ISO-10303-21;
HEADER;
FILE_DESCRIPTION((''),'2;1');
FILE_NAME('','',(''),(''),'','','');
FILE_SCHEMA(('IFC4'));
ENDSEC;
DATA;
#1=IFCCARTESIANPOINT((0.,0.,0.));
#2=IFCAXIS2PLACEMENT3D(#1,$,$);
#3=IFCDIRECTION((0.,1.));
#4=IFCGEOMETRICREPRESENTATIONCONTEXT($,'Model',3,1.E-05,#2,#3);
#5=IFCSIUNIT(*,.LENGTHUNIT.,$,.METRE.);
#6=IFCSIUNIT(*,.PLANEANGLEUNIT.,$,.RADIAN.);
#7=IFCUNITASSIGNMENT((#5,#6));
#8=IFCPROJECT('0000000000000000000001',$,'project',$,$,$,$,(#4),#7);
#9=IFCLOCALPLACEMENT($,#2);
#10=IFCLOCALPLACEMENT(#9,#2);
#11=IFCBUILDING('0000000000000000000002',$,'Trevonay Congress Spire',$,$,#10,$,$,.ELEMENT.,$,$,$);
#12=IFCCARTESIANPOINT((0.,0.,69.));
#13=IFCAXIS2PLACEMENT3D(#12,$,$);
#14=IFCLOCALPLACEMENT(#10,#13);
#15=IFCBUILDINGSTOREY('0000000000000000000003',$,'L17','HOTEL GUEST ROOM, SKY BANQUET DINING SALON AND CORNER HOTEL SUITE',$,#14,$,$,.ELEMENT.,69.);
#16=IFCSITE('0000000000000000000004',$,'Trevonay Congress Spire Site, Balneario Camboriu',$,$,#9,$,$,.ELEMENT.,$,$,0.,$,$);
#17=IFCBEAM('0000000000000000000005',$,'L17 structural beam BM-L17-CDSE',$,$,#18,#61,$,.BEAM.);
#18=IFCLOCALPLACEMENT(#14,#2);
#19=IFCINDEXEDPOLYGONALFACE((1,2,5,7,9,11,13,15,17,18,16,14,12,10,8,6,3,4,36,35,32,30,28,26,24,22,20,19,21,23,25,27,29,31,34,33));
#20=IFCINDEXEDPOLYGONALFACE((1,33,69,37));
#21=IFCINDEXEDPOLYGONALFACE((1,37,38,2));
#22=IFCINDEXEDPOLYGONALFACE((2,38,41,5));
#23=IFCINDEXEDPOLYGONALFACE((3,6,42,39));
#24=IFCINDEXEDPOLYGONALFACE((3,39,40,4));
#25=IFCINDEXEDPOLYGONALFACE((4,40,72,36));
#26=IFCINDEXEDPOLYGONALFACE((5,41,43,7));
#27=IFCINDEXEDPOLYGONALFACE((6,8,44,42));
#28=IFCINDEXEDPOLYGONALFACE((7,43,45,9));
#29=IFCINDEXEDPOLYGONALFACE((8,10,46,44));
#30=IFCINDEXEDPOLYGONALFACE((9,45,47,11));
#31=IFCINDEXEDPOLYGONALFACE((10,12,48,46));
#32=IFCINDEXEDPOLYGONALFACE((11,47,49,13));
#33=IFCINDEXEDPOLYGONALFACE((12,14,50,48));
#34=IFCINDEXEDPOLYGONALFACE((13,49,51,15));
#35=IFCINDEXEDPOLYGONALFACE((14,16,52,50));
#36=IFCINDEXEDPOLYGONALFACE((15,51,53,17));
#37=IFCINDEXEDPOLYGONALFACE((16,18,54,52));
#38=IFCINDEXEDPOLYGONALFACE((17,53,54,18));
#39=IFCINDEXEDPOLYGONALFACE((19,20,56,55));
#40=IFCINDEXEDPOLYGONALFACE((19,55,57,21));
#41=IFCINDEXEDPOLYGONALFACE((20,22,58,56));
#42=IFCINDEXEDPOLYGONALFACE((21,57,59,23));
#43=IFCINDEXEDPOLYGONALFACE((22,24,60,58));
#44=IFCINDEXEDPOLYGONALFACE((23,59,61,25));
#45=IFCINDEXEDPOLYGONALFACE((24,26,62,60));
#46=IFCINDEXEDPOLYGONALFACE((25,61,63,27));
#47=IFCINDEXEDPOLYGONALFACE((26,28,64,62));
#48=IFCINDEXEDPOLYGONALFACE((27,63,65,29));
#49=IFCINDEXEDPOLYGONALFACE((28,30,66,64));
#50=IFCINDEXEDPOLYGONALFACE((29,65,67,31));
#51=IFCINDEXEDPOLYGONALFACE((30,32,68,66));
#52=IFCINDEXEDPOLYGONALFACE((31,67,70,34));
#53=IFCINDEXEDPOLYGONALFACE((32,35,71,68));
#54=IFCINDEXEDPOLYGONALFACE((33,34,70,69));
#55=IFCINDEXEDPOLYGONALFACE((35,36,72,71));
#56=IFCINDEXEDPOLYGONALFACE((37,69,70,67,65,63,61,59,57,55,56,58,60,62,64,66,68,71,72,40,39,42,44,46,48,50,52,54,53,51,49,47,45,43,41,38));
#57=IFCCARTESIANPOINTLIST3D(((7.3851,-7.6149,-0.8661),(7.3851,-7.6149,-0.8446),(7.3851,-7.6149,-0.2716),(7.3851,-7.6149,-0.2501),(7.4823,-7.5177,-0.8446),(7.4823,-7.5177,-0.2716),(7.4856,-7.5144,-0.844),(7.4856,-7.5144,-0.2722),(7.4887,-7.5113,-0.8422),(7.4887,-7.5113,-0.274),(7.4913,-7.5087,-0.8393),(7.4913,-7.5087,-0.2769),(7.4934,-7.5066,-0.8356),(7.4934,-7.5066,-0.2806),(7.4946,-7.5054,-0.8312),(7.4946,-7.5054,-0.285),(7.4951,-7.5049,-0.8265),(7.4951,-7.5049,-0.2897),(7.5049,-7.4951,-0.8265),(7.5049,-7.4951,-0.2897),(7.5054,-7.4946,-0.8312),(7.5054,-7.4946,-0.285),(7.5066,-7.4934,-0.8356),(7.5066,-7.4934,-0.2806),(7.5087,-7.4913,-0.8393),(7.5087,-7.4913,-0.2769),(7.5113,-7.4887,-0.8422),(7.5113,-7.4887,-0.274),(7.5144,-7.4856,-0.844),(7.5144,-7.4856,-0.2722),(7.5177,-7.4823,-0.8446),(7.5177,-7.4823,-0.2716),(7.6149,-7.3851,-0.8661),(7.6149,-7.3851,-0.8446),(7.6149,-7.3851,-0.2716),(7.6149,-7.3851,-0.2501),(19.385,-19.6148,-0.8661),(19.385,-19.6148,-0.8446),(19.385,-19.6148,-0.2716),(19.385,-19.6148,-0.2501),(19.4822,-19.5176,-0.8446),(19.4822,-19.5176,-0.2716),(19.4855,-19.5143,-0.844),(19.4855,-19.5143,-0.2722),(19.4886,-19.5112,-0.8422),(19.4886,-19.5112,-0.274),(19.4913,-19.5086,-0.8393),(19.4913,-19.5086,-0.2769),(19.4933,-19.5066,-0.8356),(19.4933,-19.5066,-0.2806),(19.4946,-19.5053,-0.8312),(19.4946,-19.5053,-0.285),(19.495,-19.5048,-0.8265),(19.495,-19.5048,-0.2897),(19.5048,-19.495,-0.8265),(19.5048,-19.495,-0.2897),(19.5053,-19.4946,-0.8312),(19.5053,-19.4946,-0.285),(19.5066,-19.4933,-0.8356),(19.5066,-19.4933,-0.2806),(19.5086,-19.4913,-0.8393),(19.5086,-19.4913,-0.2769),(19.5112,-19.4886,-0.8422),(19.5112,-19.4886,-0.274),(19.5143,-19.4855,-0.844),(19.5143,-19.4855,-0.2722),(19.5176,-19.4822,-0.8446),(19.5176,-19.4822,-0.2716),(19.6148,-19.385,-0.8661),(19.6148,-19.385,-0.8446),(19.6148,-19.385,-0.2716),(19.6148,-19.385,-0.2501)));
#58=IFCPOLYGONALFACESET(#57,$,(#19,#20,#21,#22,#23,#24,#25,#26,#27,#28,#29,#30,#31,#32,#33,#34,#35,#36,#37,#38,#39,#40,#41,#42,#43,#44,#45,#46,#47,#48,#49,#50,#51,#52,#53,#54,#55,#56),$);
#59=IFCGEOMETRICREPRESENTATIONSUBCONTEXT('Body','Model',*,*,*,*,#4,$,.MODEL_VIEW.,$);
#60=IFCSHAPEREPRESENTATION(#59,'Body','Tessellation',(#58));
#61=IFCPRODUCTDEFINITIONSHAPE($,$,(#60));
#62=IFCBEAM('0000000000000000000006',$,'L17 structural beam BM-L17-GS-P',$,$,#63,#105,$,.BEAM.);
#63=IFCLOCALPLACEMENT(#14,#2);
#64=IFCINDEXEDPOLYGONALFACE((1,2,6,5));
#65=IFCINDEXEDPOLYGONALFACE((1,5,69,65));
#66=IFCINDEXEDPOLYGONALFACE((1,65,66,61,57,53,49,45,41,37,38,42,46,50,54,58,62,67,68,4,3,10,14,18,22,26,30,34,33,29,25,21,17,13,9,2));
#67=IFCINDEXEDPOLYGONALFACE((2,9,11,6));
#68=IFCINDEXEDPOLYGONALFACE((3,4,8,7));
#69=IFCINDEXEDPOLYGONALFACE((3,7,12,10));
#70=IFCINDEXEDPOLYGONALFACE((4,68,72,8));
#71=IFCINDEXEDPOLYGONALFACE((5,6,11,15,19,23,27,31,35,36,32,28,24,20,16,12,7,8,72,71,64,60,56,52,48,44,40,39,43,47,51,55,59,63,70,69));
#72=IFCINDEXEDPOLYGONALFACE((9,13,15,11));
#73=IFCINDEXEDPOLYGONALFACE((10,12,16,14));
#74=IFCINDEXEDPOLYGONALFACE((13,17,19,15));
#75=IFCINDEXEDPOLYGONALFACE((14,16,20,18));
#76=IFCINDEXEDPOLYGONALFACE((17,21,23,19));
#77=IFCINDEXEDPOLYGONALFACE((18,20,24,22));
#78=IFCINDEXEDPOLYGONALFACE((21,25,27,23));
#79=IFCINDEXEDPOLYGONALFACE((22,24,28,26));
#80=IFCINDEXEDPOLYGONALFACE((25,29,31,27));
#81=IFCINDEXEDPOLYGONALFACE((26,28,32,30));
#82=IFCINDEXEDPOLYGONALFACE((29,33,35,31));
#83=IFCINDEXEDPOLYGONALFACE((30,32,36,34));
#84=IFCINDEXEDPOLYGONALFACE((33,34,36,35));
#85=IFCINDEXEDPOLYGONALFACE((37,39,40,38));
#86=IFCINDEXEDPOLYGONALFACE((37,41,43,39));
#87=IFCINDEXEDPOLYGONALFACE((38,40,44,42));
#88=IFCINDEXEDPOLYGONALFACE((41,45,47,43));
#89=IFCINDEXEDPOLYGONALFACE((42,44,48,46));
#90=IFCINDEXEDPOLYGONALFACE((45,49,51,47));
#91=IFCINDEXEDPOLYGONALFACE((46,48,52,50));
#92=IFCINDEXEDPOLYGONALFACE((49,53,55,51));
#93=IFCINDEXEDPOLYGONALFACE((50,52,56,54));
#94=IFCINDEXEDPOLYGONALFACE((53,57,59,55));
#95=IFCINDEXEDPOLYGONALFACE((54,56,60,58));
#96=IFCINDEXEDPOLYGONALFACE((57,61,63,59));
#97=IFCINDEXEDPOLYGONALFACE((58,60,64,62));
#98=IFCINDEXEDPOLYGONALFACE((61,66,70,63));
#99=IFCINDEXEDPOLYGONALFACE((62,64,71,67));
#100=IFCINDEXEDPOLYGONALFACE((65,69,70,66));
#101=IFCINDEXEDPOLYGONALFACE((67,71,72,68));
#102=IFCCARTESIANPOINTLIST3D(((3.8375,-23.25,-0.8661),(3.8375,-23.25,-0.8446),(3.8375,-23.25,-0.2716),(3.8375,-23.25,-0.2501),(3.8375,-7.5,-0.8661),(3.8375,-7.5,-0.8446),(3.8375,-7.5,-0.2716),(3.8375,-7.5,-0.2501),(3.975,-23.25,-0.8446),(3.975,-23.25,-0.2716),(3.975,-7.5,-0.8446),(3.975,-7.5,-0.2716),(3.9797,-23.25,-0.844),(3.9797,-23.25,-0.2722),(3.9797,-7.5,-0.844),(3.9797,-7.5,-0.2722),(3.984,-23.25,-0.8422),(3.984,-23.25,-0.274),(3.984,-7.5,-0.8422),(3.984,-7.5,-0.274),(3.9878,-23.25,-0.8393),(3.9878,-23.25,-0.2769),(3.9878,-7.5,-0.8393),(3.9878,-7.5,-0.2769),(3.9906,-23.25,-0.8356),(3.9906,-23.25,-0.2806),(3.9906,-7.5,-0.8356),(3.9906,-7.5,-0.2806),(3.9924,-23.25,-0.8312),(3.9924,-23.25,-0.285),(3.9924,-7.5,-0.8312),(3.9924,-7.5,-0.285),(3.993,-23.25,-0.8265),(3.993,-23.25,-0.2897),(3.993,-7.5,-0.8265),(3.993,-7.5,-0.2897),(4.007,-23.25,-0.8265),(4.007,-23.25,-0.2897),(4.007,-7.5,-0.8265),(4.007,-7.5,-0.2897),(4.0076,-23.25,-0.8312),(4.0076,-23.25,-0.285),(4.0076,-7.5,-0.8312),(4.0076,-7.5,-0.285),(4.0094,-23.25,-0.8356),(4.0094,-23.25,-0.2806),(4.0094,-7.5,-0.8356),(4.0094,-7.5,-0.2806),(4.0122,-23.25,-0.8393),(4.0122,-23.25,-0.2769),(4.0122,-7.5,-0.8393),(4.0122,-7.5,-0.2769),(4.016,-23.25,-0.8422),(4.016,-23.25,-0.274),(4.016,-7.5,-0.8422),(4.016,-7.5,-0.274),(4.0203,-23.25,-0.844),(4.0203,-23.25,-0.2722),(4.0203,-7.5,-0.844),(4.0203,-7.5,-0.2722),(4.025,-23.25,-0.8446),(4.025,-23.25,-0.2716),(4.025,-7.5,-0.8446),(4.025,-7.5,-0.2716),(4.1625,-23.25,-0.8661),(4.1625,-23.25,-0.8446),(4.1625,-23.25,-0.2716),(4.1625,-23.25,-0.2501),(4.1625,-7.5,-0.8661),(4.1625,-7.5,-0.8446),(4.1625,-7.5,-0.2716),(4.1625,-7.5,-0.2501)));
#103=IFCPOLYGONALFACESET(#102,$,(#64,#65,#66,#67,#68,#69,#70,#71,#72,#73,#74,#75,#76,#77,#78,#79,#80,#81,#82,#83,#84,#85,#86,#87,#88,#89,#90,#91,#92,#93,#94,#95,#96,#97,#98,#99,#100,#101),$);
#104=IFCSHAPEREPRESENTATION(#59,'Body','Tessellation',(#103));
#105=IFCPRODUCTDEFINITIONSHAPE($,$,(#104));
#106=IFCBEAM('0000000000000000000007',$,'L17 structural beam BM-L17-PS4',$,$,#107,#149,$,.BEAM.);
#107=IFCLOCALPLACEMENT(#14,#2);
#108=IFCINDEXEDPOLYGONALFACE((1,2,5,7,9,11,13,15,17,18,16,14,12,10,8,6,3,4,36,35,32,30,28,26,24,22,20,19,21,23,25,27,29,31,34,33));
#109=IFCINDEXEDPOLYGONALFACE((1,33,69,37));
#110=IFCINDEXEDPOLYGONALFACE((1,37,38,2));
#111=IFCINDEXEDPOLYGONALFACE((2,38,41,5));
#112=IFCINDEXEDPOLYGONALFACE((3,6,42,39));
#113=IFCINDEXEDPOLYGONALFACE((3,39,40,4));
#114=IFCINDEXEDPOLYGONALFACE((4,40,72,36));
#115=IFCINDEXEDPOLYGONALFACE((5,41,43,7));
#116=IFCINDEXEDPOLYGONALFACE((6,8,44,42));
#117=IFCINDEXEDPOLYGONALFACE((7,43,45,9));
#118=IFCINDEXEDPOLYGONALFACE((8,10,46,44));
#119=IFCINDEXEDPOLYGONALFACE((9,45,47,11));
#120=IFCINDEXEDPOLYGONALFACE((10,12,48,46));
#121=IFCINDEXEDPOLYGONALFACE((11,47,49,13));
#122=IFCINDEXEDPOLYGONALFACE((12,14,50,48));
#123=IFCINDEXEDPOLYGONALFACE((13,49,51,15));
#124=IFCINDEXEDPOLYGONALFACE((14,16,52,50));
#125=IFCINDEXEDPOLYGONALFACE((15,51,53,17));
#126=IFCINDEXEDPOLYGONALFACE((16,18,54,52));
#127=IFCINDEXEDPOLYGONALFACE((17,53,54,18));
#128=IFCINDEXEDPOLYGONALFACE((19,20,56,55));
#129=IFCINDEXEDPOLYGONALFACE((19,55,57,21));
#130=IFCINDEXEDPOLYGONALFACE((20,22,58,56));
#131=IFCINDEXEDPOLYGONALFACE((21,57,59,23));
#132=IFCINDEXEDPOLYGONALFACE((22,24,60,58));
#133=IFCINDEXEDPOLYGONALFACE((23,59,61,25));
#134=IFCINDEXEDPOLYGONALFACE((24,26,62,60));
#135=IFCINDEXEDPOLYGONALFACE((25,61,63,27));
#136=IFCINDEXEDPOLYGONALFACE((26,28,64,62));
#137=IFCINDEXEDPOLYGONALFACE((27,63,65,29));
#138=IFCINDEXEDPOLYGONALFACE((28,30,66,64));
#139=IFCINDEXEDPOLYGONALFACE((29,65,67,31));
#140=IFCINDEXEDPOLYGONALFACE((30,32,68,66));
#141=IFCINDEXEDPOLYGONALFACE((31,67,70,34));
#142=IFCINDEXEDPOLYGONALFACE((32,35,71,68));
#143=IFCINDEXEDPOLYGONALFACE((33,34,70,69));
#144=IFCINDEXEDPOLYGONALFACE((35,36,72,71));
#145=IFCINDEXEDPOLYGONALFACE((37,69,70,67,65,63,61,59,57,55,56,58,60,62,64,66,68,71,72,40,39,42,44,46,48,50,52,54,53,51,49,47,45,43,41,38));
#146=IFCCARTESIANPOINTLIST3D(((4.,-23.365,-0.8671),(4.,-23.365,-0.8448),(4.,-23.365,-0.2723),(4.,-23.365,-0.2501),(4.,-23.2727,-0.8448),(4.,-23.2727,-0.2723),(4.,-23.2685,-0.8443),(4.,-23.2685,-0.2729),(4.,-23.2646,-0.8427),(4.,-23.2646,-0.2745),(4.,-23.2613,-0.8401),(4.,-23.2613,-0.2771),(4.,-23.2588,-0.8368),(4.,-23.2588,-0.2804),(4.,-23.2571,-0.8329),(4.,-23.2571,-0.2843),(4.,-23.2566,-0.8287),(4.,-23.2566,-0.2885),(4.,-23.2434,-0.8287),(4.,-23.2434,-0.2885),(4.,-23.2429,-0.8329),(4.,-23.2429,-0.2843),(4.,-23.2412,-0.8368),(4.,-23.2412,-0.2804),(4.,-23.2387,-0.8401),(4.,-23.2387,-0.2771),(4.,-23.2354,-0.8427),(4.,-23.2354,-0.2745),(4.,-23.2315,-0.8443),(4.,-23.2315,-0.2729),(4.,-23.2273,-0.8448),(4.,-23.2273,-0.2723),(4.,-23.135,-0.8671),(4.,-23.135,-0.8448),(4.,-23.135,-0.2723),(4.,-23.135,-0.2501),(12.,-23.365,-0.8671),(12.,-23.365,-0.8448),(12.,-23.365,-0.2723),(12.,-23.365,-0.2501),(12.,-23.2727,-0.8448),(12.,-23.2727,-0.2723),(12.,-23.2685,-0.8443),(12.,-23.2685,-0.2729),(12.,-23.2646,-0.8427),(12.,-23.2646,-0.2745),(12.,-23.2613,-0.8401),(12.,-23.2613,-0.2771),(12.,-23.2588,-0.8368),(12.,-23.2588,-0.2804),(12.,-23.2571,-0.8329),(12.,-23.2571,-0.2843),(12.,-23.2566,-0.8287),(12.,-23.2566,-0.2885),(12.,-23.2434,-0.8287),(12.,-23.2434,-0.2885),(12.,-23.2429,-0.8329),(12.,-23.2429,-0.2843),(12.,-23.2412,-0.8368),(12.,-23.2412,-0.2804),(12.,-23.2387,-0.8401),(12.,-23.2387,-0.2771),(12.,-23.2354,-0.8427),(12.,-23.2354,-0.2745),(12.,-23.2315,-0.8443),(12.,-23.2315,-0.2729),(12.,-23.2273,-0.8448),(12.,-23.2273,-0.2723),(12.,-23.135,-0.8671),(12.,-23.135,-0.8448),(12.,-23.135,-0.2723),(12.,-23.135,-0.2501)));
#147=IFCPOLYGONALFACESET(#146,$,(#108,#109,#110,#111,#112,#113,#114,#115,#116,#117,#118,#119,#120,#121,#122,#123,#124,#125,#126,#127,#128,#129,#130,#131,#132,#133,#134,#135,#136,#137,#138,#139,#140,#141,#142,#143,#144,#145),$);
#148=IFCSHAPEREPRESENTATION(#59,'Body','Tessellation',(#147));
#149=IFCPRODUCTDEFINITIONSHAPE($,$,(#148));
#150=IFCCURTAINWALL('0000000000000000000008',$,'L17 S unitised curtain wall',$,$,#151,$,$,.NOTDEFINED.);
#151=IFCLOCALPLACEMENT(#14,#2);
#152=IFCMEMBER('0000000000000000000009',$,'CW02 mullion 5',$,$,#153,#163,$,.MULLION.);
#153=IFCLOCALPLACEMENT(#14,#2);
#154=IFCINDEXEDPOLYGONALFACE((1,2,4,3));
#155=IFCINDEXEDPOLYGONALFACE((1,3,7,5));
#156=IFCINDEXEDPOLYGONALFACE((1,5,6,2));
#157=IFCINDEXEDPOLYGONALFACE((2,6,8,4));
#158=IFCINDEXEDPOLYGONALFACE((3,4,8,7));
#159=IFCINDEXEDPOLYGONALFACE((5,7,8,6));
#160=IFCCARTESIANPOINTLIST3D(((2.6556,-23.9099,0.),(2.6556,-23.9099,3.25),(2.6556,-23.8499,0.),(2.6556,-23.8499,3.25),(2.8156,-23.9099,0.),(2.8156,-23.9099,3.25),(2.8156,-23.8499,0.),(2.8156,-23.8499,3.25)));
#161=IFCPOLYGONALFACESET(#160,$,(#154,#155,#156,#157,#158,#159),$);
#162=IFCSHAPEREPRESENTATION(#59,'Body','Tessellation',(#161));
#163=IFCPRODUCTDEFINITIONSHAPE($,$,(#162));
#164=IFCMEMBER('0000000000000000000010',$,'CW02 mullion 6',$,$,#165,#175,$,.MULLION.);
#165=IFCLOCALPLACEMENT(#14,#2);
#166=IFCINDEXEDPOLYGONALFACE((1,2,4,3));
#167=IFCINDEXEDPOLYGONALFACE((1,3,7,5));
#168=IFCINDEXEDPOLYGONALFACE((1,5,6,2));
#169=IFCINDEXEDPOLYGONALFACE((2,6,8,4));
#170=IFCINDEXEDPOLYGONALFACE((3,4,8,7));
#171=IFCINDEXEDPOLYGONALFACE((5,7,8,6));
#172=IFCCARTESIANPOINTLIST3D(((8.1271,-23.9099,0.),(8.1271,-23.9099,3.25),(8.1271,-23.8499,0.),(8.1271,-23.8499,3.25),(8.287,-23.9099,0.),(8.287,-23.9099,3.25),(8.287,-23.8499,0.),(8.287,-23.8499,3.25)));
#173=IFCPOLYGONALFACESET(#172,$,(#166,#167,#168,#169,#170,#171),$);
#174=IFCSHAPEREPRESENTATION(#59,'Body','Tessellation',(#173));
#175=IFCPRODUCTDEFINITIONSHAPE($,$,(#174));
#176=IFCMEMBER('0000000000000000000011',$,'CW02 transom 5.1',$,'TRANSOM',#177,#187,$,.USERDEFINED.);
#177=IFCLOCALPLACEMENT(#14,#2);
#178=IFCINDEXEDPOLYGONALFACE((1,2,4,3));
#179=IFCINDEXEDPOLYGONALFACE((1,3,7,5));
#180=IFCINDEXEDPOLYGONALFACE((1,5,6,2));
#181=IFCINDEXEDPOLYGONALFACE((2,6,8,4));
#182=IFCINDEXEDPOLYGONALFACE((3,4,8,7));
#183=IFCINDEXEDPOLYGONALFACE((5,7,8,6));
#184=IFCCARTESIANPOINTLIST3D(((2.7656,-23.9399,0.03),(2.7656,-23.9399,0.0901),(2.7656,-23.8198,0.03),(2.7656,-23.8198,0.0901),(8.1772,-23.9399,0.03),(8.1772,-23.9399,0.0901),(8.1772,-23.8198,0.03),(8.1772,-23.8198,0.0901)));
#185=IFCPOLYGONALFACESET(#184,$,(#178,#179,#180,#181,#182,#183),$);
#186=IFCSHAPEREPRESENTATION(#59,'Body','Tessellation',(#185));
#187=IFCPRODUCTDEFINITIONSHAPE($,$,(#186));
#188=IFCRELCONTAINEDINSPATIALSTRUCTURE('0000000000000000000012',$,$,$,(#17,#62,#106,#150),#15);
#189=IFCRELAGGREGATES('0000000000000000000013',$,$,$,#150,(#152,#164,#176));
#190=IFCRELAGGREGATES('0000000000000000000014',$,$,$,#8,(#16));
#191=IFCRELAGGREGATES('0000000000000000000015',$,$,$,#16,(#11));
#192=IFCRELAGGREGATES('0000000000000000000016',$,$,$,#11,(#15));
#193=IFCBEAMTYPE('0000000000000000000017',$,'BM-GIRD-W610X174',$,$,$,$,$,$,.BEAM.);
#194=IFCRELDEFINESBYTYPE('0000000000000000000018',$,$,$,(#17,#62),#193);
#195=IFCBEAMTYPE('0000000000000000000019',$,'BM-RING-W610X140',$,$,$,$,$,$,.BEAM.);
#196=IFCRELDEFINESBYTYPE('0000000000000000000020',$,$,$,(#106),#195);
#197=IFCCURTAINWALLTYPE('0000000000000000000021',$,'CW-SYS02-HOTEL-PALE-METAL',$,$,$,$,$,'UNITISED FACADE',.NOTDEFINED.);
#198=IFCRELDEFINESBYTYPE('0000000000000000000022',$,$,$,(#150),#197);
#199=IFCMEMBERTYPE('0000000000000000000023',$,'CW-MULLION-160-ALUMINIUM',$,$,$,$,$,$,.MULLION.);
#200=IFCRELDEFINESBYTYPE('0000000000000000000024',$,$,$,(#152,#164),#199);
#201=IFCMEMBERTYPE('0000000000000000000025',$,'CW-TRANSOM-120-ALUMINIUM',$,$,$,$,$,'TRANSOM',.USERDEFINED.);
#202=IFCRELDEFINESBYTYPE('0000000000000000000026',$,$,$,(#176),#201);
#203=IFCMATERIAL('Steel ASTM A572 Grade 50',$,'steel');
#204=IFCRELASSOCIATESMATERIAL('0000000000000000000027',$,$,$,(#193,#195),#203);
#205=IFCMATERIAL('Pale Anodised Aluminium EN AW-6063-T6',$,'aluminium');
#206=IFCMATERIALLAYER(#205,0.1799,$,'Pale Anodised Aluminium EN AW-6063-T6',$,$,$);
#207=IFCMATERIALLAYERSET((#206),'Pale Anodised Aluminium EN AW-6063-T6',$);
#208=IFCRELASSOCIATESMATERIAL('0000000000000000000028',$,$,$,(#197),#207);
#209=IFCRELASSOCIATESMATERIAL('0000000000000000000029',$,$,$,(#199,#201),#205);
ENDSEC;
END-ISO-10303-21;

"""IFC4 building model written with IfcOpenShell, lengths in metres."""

from ifc_helpers import new_model, si_unit, direction, frame, origin, origin_2d, place, context, subcontext, project, spatial, rectangle, i_section, extrude, material, layer, layer_set, material_profile, profile_set, type_object, element, aggregate, save


model = new_model("IFC4")

# Units and contexts
model_context = context("Model", 3, precision=1e-05, world=origin(), true_north=direction((0.0, 1.0)))
body_context = subcontext(model_context, "Body", "Model", "MODEL_VIEW")
ifc_project = project(units=[si_unit("LENGTHUNIT", "METRE"), si_unit("PLANEANGLEUNIT", "RADIAN")], contexts=[model_context])

# Site, building, storey
site_placement = place(None, origin())
site = spatial("IfcSite", under=ifc_project, at=site_placement, Name="Trevonay Congress Spire Site, Balneario Camboriu", CompositionType="ELEMENT", RefElevation=0.0)
building_placement = place(site_placement, origin())
building = spatial("IfcBuilding", under=site, at=building_placement, Name="Trevonay Congress Spire", CompositionType="ELEMENT")
storey_placement = place(building_placement, frame((0.0, 0.0, 69.0)))
storey = spatial("IfcBuildingStorey", under=building, at=storey_placement, Name="L17", Description="HOTEL GUEST ROOM, SKY BANQUET DINING SALON AND CORNER HOTEL SUITE", CompositionType="ELEMENT", Elevation=69.0)

# Shared definitions
ifc_material_1 = material(Name="Steel ASTM A572 Grade 50", Category="steel")

# Beams
ifc_material_profile_1 = material_profile(ifc_material_1, i_section(OverallWidth=0.325, OverallDepth=0.616, WebThickness=0.0139, FlangeThickness=0.0215, FilletRadius=0.0181, at=origin_2d()), Name="W610x174")
ifc_profile_set_1 = profile_set([ifc_material_profile_1], Name="Steel ASTM A572 Grade 50")
beam_type_1 = type_object("IfcBeamType", Name="BM-GIRD-W610X174", PredefinedType="BEAM", material=ifc_profile_set_1)
beam_1_placement = place(storey_placement, frame((7.5, -7.5, -0.5581), z_axis=(0.707107, -0.707107, 0.0), x_axis=(0.707107, 0.707107, 0.0)))
element("IfcBeam", 1, at=beam_1_placement, inside=storey, type_object=beam_type_1, Name="L17 structural beam BM-L17-CDSE", PredefinedType="BEAM", context=body_context, shape_type="SweptSolid", body=[
    extrude(i_section(OverallWidth=0.325, OverallDepth=0.616, WebThickness=0.0139, FlangeThickness=0.0215, FilletRadius=0.0181, at=origin_2d()), origin(), (0.0, 0.0, 1.0), 16.9705),
])
beam_2_placement = place(storey_placement, frame((4.0, -7.5, -0.5581), z_axis=(0.0, -1.0, 0.0), x_axis=(1.0, 0.0, 0.0)))
element("IfcBeam", 2, at=beam_2_placement, inside=storey, type_object=beam_type_1, Name="L17 structural beam BM-L17-GS-P", PredefinedType="BEAM", context=body_context, shape_type="SweptSolid", body=[
    extrude(i_section(OverallWidth=0.325, OverallDepth=0.616, WebThickness=0.0139, FlangeThickness=0.0215, FilletRadius=0.0181, at=origin_2d()), origin(), (0.0, 0.0, 1.0), 15.75),
])
ifc_material_profile_2 = material_profile(ifc_material_1, i_section(OverallWidth=0.23, OverallDepth=0.6169, WebThickness=0.0132, FlangeThickness=0.0222, FilletRadius=0.0161, at=origin_2d()), Name="W610x140")
ifc_profile_set_2 = profile_set([ifc_material_profile_2], Name="Steel ASTM A572 Grade 50")
beam_type_2 = type_object("IfcBeamType", Name="BM-RING-W610X140", PredefinedType="BEAM", material=ifc_profile_set_2)
beam_3_placement = place(storey_placement, frame((4.0, -23.25, -0.5586), z_axis=(1.0, 0.0, 0.0), x_axis=(0.0, 1.0, 0.0)))
element("IfcBeam", 3, at=beam_3_placement, inside=storey, type_object=beam_type_2, Name="L17 structural beam BM-L17-PS4", PredefinedType="BEAM", context=body_context, shape_type="SweptSolid", body=[
    extrude(i_section(OverallWidth=0.23, OverallDepth=0.6169, WebThickness=0.0132, FlangeThickness=0.0222, FilletRadius=0.0161, at=origin_2d()), origin(), (0.0, 0.0, 1.0), 8.0),
])

# Curtain wall, members
ifc_material_2 = material(Name="Pale Anodised Aluminium EN AW-6063-T6", Category="aluminium")
ifc_layer_1 = layer(ifc_material_2, 0.1799, Name="Pale Anodised Aluminium EN AW-6063-T6")
ifc_layer_set_1 = layer_set([ifc_layer_1], Name="Pale Anodised Aluminium EN AW-6063-T6")
curtain_wall_type = type_object("IfcCurtainWallType", Name="CW-SYS02-HOTEL-PALE-METAL", ElementType="UNITISED FACADE", PredefinedType="NOTDEFINED", material=ifc_layer_set_1)
curtain_wall_placement = place(storey_placement, origin())
curtain_wall = element("IfcCurtainWall", 4, at=curtain_wall_placement, inside=storey, type_object=curtain_wall_type, Name="L17 S unitised curtain wall", PredefinedType="NOTDEFINED")
ifc_material_profile_3 = material_profile(ifc_material_2, rectangle(XDim=0.0601, YDim=0.1599, at=origin_2d()), Name="CW-MULLION-160-ALUMINIUM")
ifc_profile_set_3 = profile_set([ifc_material_profile_3], Name="Pale Anodised Aluminium EN AW-6063-T6")
member_type_1 = type_object("IfcMemberType", Name="CW-MULLION-160-ALUMINIUM", PredefinedType="MULLION", material=ifc_profile_set_3)
member_1_placement = place(storey_placement, frame((2.7356, -23.8799, 0.0), z_axis=(0.0, 0.0, 1.0), x_axis=(0.0, 1.0, 0.0)))
member_1 = element("IfcMember", 5, at=member_1_placement, type_object=member_type_1, Name="CW02 mullion 5", PredefinedType="MULLION", context=body_context, shape_type="SweptSolid", body=[
    extrude(rectangle(XDim=0.0601, YDim=0.1599, at=origin_2d()), origin(), (0.0, 0.0, 1.0), 3.25),
])
member_2_placement = place(storey_placement, frame((8.207, -23.8799, 0.0), z_axis=(0.0, 0.0, 1.0), x_axis=(0.0, 1.0, 0.0)))
member_2 = element("IfcMember", 6, at=member_2_placement, type_object=member_type_1, Name="CW02 mullion 6", PredefinedType="MULLION", context=body_context, shape_type="SweptSolid", body=[
    extrude(rectangle(XDim=0.0601, YDim=0.1599, at=origin_2d()), origin(), (0.0, 0.0, 1.0), 3.25),
])
ifc_material_profile_4 = material_profile(ifc_material_2, rectangle(XDim=0.1201, YDim=0.0601, at=origin_2d()), Name="CW-TRANSOM-120-ALUMINIUM")
ifc_profile_set_4 = profile_set([ifc_material_profile_4], Name="Pale Anodised Aluminium EN AW-6063-T6")
member_type_2 = type_object("IfcMemberType", Name="CW-TRANSOM-120-ALUMINIUM", ElementType="TRANSOM", PredefinedType="USERDEFINED", material=ifc_profile_set_4)
member_3_placement = place(storey_placement, frame((2.7656, -23.8799, 0.0601), z_axis=(1.0, 0.0, 0.0), x_axis=(0.0, 1.0, 0.0)))
member_3 = element("IfcMember", 7, at=member_3_placement, type_object=member_type_2, Name="CW02 transom 5.1", ObjectType="TRANSOM", PredefinedType="USERDEFINED", context=body_context, shape_type="SweptSolid", body=[
    extrude(rectangle(XDim=0.1201, YDim=0.0601, at=origin_2d()), origin(), (0.0, 0.0, 1.0), 5.4116),
])

aggregate(curtain_wall, [member_1, member_2, member_3])

save(model, "model.ifc")
